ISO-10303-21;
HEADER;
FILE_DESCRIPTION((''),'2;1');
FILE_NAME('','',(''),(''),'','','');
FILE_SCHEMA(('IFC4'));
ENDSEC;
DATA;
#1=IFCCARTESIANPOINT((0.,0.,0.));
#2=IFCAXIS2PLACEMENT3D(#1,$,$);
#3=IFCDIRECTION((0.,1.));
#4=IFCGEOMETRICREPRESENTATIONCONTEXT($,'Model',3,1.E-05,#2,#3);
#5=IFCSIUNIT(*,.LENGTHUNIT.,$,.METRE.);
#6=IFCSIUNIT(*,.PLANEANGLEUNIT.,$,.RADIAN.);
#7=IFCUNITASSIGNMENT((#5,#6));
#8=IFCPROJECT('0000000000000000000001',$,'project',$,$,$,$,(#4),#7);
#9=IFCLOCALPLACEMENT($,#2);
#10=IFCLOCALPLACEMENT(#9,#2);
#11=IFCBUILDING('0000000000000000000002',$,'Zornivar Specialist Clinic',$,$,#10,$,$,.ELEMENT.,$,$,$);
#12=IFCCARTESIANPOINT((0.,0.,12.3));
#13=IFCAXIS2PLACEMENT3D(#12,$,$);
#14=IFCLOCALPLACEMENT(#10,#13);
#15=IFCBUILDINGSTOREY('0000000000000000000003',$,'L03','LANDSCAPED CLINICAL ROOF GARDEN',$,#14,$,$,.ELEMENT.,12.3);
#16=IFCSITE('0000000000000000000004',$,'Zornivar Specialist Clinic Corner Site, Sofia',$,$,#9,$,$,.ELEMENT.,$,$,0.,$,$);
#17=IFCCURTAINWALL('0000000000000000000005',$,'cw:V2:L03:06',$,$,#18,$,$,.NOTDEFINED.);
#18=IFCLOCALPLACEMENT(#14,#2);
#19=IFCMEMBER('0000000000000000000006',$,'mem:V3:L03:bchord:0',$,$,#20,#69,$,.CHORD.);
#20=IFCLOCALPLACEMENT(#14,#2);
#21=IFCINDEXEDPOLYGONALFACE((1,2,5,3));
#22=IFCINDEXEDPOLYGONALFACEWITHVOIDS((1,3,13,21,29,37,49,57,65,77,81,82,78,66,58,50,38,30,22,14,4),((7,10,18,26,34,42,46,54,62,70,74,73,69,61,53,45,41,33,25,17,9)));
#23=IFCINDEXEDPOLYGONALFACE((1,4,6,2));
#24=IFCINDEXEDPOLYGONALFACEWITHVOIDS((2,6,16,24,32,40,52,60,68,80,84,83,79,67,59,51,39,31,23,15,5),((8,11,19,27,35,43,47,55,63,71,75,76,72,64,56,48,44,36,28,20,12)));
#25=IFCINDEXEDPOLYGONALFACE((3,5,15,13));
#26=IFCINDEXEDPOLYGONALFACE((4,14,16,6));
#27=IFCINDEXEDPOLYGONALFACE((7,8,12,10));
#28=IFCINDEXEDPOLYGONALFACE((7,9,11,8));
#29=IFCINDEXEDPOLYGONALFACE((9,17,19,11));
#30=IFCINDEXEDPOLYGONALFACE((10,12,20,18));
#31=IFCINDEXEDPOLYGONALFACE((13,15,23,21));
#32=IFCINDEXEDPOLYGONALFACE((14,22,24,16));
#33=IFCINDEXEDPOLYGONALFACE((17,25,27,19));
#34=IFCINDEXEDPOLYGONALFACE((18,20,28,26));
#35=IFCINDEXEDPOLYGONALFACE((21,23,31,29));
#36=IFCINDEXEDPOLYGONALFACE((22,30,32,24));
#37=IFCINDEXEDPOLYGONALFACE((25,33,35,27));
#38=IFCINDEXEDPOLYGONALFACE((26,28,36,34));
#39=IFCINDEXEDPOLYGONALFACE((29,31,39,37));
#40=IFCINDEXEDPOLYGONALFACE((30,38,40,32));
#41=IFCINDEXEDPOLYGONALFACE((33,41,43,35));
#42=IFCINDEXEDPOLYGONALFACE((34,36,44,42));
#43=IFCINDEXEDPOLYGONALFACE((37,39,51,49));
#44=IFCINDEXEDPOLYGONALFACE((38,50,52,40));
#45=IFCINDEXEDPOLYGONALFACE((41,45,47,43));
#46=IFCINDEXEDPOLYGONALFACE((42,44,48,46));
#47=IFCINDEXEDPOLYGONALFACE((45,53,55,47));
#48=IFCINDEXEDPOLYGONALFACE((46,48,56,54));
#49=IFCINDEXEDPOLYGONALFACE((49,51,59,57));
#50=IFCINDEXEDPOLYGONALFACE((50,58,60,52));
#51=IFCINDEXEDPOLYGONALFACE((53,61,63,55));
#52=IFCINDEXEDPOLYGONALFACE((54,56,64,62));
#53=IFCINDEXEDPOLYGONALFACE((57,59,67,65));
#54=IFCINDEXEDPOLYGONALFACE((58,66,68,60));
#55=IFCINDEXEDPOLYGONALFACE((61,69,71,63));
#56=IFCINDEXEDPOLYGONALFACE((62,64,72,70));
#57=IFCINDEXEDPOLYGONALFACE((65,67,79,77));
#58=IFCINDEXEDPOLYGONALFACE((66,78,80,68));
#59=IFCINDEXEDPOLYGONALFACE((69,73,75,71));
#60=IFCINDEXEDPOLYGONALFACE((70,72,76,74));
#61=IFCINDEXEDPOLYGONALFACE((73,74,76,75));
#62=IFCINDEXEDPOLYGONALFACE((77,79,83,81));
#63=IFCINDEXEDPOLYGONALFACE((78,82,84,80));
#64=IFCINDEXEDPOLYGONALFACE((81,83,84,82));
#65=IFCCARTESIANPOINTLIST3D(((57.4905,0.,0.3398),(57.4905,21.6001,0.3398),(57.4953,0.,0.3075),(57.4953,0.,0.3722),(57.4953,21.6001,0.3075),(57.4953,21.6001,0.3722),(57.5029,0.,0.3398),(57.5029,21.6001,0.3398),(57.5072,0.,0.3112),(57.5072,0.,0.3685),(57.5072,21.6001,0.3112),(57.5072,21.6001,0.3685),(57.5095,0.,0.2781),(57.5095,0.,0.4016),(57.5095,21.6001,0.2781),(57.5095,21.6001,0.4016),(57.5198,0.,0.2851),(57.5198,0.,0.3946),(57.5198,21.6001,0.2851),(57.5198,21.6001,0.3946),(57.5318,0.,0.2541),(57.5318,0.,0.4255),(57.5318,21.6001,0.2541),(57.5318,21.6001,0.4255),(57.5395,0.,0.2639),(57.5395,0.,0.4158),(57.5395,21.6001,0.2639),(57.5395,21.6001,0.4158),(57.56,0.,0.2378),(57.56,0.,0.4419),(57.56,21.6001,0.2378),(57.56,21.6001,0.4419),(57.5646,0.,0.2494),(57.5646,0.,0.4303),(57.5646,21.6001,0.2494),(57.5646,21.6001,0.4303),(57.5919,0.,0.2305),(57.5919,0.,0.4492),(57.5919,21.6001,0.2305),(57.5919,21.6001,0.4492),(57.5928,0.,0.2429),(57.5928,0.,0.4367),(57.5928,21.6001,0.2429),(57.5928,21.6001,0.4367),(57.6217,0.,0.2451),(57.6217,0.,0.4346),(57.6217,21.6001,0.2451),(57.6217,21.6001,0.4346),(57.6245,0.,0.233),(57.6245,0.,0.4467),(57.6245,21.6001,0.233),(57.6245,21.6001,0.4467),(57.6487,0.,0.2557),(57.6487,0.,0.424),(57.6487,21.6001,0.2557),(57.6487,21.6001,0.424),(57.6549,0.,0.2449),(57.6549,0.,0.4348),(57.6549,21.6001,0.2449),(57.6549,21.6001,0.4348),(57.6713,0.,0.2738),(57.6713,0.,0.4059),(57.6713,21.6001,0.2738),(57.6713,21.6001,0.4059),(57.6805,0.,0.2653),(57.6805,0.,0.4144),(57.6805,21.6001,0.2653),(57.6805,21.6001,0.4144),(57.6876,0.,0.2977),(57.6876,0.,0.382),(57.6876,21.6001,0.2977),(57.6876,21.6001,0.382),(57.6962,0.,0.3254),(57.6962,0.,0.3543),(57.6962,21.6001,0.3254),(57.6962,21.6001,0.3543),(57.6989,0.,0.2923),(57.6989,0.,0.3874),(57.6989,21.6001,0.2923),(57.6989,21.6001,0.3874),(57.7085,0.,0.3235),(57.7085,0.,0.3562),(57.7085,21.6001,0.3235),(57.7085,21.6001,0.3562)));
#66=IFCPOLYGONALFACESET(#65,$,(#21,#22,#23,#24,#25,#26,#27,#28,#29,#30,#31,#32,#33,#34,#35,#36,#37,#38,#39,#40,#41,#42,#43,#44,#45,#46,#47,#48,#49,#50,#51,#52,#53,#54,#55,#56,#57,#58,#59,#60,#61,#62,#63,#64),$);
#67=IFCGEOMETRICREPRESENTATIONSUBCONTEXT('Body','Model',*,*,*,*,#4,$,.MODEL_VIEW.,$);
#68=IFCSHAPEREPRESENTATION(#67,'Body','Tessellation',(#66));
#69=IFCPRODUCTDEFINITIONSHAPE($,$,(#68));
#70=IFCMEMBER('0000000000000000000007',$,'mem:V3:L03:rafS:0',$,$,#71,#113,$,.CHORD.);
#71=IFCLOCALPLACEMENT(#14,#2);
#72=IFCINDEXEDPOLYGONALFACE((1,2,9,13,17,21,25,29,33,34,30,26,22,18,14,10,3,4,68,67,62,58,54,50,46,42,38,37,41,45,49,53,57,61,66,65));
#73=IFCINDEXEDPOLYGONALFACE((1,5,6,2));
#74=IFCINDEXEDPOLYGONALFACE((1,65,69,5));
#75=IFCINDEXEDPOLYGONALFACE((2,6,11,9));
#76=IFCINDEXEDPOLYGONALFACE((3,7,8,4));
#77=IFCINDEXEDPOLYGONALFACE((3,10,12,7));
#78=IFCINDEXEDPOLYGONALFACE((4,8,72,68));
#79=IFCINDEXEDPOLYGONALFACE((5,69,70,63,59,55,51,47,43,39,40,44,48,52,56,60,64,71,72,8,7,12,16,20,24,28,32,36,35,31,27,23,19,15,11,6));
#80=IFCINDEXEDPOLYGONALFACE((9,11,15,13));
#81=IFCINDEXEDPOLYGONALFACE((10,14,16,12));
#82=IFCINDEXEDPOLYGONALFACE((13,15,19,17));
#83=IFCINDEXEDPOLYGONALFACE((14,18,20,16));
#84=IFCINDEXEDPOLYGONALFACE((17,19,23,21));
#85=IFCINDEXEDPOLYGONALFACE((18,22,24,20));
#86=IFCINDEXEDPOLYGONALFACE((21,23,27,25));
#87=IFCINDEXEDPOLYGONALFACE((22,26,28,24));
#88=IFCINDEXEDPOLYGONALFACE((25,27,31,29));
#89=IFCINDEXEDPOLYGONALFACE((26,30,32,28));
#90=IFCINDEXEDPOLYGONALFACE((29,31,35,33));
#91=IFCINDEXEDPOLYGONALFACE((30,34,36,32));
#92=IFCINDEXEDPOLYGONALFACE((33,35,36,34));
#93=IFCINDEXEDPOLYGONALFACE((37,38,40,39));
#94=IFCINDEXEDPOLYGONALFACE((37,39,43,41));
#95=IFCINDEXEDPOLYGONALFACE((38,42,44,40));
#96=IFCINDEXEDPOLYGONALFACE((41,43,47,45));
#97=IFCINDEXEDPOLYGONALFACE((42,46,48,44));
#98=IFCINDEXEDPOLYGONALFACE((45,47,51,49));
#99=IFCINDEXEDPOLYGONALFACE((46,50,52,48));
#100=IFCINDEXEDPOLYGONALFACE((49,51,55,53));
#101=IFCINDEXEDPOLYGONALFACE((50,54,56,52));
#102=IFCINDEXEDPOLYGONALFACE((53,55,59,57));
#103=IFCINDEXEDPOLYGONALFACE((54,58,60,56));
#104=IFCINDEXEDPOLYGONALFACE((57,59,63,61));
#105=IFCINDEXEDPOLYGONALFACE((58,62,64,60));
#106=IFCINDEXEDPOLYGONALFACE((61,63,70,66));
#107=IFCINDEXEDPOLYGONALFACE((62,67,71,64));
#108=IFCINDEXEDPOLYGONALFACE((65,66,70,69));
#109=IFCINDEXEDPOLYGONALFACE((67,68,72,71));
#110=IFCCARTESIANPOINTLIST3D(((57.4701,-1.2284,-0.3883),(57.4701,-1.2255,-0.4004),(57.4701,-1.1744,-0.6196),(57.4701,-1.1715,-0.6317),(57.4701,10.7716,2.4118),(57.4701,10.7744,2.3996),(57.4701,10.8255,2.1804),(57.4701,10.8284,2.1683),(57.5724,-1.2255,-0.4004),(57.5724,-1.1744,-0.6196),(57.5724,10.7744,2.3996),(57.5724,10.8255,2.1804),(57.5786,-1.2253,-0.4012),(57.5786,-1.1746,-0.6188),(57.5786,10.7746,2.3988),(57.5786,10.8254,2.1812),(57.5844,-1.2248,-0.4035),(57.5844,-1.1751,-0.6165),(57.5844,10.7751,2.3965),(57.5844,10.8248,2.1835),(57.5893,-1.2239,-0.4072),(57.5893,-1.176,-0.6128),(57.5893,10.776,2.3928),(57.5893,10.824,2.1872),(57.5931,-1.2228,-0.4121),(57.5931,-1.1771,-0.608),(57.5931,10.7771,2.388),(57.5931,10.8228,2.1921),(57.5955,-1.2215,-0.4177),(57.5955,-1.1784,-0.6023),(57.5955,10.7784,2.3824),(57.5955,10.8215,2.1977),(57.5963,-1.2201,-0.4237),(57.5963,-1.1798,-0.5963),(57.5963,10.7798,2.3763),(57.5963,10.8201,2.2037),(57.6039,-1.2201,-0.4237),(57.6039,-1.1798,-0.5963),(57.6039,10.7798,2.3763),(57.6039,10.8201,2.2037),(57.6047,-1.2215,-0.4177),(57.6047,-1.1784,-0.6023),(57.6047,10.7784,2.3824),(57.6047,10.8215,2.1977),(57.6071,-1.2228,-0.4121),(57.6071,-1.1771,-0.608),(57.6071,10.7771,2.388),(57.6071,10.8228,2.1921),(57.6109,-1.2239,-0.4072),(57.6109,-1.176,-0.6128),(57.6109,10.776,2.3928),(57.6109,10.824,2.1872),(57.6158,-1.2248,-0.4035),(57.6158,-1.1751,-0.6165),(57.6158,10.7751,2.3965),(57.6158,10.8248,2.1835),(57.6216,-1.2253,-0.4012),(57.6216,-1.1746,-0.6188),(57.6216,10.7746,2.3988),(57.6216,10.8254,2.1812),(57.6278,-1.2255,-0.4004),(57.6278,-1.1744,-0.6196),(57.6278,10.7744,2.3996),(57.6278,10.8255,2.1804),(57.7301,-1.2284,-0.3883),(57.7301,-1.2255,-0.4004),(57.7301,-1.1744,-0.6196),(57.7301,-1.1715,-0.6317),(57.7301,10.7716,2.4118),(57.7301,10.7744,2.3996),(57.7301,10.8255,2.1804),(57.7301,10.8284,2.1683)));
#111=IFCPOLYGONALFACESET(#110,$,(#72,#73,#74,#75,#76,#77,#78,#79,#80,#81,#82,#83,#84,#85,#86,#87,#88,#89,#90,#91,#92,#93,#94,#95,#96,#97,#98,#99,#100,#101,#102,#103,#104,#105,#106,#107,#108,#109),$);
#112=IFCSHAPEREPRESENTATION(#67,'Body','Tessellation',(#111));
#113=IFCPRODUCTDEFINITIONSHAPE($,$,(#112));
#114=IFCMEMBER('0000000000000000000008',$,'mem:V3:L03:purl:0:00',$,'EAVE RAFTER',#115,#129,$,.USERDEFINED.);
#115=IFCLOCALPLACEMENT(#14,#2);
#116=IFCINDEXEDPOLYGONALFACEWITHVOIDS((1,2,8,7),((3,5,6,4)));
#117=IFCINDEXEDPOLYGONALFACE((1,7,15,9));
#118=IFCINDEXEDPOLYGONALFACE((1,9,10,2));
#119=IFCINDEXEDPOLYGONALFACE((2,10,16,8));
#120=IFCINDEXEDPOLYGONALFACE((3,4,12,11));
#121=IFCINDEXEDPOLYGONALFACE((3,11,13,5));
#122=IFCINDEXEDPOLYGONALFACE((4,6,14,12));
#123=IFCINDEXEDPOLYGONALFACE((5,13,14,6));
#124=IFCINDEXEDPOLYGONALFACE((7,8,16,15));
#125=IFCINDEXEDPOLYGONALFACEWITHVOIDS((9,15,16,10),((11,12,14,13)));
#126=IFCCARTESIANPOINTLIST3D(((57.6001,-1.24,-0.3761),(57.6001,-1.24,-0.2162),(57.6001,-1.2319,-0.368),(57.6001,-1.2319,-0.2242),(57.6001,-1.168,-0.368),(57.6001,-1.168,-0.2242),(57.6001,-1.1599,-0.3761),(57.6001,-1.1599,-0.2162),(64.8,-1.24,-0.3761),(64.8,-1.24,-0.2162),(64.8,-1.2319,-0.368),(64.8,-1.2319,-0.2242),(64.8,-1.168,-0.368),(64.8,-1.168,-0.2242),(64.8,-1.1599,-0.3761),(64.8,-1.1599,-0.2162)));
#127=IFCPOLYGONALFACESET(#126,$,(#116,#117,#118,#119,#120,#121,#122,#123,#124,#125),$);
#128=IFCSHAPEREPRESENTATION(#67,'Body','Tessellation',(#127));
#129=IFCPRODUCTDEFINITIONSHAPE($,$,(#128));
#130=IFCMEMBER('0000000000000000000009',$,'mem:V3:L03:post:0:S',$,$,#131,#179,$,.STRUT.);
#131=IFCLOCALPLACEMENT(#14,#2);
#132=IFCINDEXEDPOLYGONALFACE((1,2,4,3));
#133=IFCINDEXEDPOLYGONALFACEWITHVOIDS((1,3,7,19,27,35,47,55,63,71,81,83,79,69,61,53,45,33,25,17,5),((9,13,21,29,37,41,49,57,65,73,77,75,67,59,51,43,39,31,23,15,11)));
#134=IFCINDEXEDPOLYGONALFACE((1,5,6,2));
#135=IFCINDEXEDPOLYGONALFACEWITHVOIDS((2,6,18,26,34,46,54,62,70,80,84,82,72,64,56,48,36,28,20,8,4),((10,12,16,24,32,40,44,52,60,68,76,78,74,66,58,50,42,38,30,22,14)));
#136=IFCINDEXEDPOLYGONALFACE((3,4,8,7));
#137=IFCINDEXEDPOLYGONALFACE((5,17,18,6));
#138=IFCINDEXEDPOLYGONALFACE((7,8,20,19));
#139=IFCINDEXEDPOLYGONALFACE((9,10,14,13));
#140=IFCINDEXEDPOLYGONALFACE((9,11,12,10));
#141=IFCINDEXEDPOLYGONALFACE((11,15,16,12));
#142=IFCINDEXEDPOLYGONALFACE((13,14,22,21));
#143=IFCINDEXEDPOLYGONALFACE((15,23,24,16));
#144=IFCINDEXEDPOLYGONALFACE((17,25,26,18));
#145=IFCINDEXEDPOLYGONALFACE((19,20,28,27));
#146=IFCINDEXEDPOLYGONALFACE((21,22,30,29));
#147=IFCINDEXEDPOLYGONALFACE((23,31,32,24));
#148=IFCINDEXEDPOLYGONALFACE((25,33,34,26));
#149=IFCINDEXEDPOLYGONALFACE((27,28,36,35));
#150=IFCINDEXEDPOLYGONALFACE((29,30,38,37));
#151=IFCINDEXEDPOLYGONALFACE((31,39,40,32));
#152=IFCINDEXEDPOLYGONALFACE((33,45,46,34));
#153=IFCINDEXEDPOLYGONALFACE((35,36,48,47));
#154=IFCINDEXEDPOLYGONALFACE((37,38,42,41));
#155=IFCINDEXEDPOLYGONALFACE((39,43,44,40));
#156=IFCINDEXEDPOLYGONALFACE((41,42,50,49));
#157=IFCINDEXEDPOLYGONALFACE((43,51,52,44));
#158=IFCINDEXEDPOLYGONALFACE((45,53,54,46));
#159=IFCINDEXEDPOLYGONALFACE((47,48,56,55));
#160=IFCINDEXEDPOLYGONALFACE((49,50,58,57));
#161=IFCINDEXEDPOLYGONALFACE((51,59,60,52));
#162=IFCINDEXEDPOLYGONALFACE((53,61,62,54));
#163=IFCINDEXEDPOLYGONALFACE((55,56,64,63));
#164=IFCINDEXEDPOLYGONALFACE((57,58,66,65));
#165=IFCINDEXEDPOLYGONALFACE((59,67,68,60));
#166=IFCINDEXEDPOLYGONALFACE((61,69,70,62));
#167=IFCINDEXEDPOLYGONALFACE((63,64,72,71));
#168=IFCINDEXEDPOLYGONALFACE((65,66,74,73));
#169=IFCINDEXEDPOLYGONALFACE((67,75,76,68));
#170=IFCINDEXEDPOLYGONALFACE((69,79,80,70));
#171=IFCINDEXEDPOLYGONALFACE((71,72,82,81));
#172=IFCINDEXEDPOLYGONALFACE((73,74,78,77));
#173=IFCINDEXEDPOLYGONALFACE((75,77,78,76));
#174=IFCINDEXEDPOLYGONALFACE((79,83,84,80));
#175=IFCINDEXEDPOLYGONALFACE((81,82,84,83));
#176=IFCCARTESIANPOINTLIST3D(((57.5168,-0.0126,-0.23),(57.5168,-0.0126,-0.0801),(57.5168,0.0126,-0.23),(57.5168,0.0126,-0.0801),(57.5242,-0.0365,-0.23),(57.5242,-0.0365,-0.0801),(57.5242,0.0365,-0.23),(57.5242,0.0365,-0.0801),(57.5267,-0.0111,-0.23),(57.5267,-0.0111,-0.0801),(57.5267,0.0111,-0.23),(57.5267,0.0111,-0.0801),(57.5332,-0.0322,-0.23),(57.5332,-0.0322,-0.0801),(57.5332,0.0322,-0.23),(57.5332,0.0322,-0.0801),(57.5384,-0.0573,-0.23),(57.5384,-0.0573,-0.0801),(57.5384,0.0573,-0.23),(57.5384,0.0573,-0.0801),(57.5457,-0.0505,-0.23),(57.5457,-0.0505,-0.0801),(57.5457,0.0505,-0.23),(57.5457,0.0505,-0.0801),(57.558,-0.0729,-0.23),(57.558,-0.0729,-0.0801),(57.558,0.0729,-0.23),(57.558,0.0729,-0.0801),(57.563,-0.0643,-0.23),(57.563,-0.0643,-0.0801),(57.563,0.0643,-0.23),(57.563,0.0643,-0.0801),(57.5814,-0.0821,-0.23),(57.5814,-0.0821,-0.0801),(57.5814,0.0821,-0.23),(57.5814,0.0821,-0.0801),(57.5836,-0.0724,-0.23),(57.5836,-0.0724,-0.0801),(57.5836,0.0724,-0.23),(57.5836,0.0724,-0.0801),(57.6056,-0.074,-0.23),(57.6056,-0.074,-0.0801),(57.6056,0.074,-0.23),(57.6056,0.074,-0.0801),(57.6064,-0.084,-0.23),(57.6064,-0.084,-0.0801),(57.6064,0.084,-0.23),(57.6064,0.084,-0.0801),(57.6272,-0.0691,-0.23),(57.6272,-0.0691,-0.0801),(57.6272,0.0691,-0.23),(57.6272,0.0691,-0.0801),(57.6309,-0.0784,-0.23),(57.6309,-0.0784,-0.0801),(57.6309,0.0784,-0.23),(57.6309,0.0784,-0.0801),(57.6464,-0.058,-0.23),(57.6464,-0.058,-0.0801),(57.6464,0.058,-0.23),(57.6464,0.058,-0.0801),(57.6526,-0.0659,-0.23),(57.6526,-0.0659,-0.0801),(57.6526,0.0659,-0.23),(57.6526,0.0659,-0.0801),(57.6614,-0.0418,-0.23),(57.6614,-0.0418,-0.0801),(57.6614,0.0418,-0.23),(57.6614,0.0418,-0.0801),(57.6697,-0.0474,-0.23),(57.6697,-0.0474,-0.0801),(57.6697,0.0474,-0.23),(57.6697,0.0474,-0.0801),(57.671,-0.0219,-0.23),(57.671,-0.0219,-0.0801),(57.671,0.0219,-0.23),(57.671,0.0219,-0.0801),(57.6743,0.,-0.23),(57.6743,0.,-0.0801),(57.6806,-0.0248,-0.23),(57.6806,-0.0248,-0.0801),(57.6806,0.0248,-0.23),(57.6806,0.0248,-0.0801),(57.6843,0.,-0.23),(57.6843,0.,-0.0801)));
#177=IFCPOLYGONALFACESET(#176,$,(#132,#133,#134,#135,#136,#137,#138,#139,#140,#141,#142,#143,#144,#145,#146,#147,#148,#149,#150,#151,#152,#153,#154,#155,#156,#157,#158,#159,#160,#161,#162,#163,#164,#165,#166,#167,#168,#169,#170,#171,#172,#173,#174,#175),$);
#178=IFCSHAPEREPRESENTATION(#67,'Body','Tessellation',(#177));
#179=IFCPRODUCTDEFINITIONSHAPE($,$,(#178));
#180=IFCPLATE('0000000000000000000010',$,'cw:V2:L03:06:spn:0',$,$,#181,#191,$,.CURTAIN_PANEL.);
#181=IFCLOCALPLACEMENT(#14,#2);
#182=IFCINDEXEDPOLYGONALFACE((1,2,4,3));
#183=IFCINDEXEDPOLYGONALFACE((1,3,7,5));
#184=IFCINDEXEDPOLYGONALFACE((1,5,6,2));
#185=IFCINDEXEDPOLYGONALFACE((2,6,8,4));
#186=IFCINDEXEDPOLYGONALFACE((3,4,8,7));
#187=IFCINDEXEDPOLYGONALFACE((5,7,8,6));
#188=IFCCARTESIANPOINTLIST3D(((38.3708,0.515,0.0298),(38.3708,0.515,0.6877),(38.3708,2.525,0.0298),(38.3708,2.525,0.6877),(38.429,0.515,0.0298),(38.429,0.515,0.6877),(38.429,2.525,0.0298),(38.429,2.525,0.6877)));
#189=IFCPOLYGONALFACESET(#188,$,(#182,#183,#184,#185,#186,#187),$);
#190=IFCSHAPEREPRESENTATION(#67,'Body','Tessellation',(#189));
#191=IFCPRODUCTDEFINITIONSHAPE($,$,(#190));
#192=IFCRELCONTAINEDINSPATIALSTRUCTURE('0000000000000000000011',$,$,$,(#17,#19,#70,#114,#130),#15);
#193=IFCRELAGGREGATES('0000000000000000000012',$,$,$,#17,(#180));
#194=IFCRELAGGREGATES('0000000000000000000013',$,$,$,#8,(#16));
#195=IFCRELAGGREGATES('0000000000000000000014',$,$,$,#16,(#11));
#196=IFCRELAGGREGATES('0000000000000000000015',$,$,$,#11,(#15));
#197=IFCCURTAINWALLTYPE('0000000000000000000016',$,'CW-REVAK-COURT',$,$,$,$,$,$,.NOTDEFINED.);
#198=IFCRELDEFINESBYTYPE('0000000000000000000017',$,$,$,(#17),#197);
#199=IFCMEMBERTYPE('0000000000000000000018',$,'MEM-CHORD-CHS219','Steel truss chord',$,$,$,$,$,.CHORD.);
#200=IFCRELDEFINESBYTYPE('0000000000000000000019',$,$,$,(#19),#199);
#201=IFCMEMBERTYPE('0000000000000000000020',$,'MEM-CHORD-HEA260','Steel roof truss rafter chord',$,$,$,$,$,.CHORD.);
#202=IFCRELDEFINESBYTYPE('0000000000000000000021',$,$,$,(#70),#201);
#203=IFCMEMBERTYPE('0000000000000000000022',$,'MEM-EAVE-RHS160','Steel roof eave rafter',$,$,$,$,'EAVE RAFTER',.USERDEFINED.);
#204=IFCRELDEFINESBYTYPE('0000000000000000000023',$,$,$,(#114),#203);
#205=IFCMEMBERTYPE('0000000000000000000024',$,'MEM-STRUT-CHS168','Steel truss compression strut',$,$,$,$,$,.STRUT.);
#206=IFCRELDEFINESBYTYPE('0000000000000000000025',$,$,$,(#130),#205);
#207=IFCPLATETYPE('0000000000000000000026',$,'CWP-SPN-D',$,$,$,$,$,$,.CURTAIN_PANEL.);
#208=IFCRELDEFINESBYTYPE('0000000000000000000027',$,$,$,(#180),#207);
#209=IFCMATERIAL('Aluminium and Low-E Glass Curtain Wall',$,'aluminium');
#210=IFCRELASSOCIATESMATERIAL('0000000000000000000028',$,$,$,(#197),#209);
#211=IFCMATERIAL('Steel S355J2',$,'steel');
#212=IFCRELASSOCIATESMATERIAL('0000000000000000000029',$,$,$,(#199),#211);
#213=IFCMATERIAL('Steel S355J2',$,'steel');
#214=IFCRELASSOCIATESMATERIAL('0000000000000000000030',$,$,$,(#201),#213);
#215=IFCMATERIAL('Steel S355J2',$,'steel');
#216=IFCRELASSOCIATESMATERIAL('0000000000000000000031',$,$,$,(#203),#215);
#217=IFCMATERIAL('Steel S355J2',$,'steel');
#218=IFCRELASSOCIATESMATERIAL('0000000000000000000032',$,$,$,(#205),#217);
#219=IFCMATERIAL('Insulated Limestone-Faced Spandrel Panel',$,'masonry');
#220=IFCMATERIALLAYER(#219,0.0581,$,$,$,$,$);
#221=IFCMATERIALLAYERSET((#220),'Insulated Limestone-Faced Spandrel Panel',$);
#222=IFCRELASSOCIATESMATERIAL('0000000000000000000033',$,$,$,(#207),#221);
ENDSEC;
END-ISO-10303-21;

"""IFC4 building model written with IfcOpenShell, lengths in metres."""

from ifc_helpers import new_model, si_unit, direction, frame, origin, origin_2d, place, context, subcontext, project, spatial, rectangle, hollow_rectangle, hollow_circle, i_section, extrude, material, layer, layer_set, material_profile, profile_set, type_object, element, aggregate, save


model = new_model("IFC4")

# Units and contexts
model_context = context("Model", 3, precision=1e-05, world=origin(), true_north=direction((0.0, 1.0)))
body_context = subcontext(model_context, "Body", "Model", "MODEL_VIEW")
ifc_project = project(units=[si_unit("LENGTHUNIT", "METRE"), si_unit("PLANEANGLEUNIT", "RADIAN")], contexts=[model_context])

# Site, building, storey
site_placement = place(None, origin())
site = spatial("IfcSite", under=ifc_project, at=site_placement, Name="Zornivar Specialist Clinic Corner Site, Sofia", CompositionType="ELEMENT", RefElevation=0.0)
building_placement = place(site_placement, origin())
building = spatial("IfcBuilding", under=site, at=building_placement, Name="Zornivar Specialist Clinic", CompositionType="ELEMENT")
storey_placement = place(building_placement, frame((0.0, 0.0, 12.3)))
storey = spatial("IfcBuildingStorey", under=building, at=storey_placement, Name="L03", Description="LANDSCAPED CLINICAL ROOF GARDEN", CompositionType="ELEMENT", Elevation=12.3)

# Curtain wall
ifc_material_1 = material(Name="Aluminium and Low-E Glass Curtain Wall", Category="aluminium")
curtain_wall_type = type_object("IfcCurtainWallType", Name="CW-REVAK-COURT", PredefinedType="NOTDEFINED", material=ifc_material_1)
curtain_wall_placement = place(storey_placement, origin())
curtain_wall = element("IfcCurtainWall", 1, at=curtain_wall_placement, inside=storey, type_object=curtain_wall_type, Name="cw:V2:L03:06", PredefinedType="NOTDEFINED")

# Members
ifc_material_2 = material(Name="Steel S355J2", Category="steel")
ifc_material_profile_1 = material_profile(ifc_material_2, hollow_circle(Radius=0.1096, WallThickness=0.0125, at=origin_2d()), Name="CHS 219.1x12.5")
ifc_profile_set_1 = profile_set([ifc_material_profile_1], Name="Steel S355J2")
member_type_1 = type_object("IfcMemberType", Name="MEM-CHORD-CHS219", Description="Steel truss chord", PredefinedType="CHORD", material=ifc_profile_set_1)
member_1_placement = place(storey_placement, frame((57.6001, 0.0, 0.3398), z_axis=(0.0, 1.0, 0.0), x_axis=(-1.0, 0.0, 0.0)))
element("IfcMember", 2, at=member_1_placement, inside=storey, type_object=member_type_1, Name="mem:V3:L03:bchord:0", PredefinedType="CHORD", context=body_context, shape_type="SweptSolid", body=[
    extrude(hollow_circle(Radius=0.1096, WallThickness=0.0125, at=origin_2d()), origin(), (0.0, 0.0, 1.0), 21.6001),
])
ifc_material_3 = material(Name="Steel S355J2", Category="steel")
ifc_material_profile_2 = material_profile(ifc_material_3, i_section(OverallWidth=0.26, OverallDepth=0.25, WebThickness=0.0076, FlangeThickness=0.0125, FilletRadius=0.0239, at=origin_2d()), Name="HEA 260")
ifc_profile_set_2 = profile_set([ifc_material_profile_2], Name="Steel S355J2")
member_type_2 = type_object("IfcMemberType", Name="MEM-CHORD-HEA260", Description="Steel roof truss rafter chord", PredefinedType="CHORD", material=ifc_profile_set_2)
member_2_placement = place(storey_placement, frame((57.6001, -1.2, -0.51), z_axis=(0.0, 0.97384, 0.227233), x_axis=(-1.0, 0.0, 0.0)))
element("IfcMember", 3, at=member_2_placement, inside=storey, type_object=member_type_2, Name="mem:V3:L03:rafS:0", PredefinedType="CHORD", context=body_context, shape_type="SweptSolid", body=[
    extrude(i_section(OverallWidth=0.26, OverallDepth=0.25, WebThickness=0.0076, FlangeThickness=0.0125, FilletRadius=0.0239, at=origin_2d()), origin(), (0.0, 0.0, 1.0), 12.3223),
])
ifc_material_4 = material(Name="Steel S355J2", Category="steel")
ifc_material_profile_3 = material_profile(ifc_material_4, hollow_rectangle(XDim=0.0801, YDim=0.1599, WallThickness=0.0081, at=origin_2d()), Name="RHS 160x80x8")
ifc_profile_set_3 = profile_set([ifc_material_profile_3], Name="Steel S355J2")
member_type_3 = type_object("IfcMemberType", Name="MEM-EAVE-RHS160", Description="Steel roof eave rafter", ElementType="EAVE RAFTER", PredefinedType="USERDEFINED", material=ifc_profile_set_3)
member_3_placement = place(storey_placement, frame((57.6001, -1.2, -0.2961), z_axis=(1.0, 0.0, 0.0), x_axis=(0.0, 1.0, 0.0)))
element("IfcMember", 4, at=member_3_placement, inside=storey, type_object=member_type_3, Name="mem:V3:L03:purl:0:00", ObjectType="EAVE RAFTER", PredefinedType="USERDEFINED", context=body_context, shape_type="SweptSolid", body=[
    extrude(hollow_rectangle(XDim=0.0801, YDim=0.1599, WallThickness=0.0081, at=origin_2d()), origin(), (0.0, 0.0, 1.0), 7.2),
])
ifc_material_5 = material(Name="Steel S355J2", Category="steel")
ifc_material_profile_4 = material_profile(ifc_material_5, hollow_circle(Radius=0.0842, WallThickness=0.01, at=origin_2d()), Name="CHS 168.3x10")
ifc_profile_set_4 = profile_set([ifc_material_profile_4], Name="Steel S355J2")
member_type_4 = type_object("IfcMemberType", Name="MEM-STRUT-CHS168", Description="Steel truss compression strut", PredefinedType="STRUT", material=ifc_profile_set_4)
member_4_placement = place(storey_placement, frame((57.6001, 0.0, -0.0801), z_axis=(0.0, 0.0, -1.0), x_axis=(1.0, 0.0, 0.0)))
element("IfcMember", 5, at=member_4_placement, inside=storey, type_object=member_type_4, Name="mem:V3:L03:post:0:S", PredefinedType="STRUT", context=body_context, shape_type="SweptSolid", body=[
    extrude(hollow_circle(Radius=0.0842, WallThickness=0.01, at=origin_2d()), origin(), (0.0, 0.0, 1.0), 0.1499),
])

# Plate
ifc_material_6 = material(Name="Insulated Limestone-Faced Spandrel Panel", Category="masonry")
ifc_layer_1 = layer(ifc_material_6, 0.0581)
ifc_layer_set_1 = layer_set([ifc_layer_1], Name="Insulated Limestone-Faced Spandrel Panel")
plate_type_1 = type_object("IfcPlateType", Name="CWP-SPN-D", PredefinedType="CURTAIN_PANEL", material=ifc_layer_set_1)
plate_1_placement = place(storey_placement, frame((38.3999, 1.52, 0.0298), z_axis=(0.0, 0.0, 1.0), x_axis=(0.0, 1.0, 0.0)))
plate_1 = element("IfcPlate", 6, at=plate_1_placement, type_object=plate_type_1, Name="cw:V2:L03:06:spn:0", PredefinedType="CURTAIN_PANEL", context=body_context, shape_type="SweptSolid", body=[
    extrude(rectangle(XDim=2.01, YDim=0.0581, at=origin_2d()), origin(), (0.0, 0.0, 1.0), 0.658),
])
aggregate(curtain_wall, [plate_1])

save(model, "model.ifc")
